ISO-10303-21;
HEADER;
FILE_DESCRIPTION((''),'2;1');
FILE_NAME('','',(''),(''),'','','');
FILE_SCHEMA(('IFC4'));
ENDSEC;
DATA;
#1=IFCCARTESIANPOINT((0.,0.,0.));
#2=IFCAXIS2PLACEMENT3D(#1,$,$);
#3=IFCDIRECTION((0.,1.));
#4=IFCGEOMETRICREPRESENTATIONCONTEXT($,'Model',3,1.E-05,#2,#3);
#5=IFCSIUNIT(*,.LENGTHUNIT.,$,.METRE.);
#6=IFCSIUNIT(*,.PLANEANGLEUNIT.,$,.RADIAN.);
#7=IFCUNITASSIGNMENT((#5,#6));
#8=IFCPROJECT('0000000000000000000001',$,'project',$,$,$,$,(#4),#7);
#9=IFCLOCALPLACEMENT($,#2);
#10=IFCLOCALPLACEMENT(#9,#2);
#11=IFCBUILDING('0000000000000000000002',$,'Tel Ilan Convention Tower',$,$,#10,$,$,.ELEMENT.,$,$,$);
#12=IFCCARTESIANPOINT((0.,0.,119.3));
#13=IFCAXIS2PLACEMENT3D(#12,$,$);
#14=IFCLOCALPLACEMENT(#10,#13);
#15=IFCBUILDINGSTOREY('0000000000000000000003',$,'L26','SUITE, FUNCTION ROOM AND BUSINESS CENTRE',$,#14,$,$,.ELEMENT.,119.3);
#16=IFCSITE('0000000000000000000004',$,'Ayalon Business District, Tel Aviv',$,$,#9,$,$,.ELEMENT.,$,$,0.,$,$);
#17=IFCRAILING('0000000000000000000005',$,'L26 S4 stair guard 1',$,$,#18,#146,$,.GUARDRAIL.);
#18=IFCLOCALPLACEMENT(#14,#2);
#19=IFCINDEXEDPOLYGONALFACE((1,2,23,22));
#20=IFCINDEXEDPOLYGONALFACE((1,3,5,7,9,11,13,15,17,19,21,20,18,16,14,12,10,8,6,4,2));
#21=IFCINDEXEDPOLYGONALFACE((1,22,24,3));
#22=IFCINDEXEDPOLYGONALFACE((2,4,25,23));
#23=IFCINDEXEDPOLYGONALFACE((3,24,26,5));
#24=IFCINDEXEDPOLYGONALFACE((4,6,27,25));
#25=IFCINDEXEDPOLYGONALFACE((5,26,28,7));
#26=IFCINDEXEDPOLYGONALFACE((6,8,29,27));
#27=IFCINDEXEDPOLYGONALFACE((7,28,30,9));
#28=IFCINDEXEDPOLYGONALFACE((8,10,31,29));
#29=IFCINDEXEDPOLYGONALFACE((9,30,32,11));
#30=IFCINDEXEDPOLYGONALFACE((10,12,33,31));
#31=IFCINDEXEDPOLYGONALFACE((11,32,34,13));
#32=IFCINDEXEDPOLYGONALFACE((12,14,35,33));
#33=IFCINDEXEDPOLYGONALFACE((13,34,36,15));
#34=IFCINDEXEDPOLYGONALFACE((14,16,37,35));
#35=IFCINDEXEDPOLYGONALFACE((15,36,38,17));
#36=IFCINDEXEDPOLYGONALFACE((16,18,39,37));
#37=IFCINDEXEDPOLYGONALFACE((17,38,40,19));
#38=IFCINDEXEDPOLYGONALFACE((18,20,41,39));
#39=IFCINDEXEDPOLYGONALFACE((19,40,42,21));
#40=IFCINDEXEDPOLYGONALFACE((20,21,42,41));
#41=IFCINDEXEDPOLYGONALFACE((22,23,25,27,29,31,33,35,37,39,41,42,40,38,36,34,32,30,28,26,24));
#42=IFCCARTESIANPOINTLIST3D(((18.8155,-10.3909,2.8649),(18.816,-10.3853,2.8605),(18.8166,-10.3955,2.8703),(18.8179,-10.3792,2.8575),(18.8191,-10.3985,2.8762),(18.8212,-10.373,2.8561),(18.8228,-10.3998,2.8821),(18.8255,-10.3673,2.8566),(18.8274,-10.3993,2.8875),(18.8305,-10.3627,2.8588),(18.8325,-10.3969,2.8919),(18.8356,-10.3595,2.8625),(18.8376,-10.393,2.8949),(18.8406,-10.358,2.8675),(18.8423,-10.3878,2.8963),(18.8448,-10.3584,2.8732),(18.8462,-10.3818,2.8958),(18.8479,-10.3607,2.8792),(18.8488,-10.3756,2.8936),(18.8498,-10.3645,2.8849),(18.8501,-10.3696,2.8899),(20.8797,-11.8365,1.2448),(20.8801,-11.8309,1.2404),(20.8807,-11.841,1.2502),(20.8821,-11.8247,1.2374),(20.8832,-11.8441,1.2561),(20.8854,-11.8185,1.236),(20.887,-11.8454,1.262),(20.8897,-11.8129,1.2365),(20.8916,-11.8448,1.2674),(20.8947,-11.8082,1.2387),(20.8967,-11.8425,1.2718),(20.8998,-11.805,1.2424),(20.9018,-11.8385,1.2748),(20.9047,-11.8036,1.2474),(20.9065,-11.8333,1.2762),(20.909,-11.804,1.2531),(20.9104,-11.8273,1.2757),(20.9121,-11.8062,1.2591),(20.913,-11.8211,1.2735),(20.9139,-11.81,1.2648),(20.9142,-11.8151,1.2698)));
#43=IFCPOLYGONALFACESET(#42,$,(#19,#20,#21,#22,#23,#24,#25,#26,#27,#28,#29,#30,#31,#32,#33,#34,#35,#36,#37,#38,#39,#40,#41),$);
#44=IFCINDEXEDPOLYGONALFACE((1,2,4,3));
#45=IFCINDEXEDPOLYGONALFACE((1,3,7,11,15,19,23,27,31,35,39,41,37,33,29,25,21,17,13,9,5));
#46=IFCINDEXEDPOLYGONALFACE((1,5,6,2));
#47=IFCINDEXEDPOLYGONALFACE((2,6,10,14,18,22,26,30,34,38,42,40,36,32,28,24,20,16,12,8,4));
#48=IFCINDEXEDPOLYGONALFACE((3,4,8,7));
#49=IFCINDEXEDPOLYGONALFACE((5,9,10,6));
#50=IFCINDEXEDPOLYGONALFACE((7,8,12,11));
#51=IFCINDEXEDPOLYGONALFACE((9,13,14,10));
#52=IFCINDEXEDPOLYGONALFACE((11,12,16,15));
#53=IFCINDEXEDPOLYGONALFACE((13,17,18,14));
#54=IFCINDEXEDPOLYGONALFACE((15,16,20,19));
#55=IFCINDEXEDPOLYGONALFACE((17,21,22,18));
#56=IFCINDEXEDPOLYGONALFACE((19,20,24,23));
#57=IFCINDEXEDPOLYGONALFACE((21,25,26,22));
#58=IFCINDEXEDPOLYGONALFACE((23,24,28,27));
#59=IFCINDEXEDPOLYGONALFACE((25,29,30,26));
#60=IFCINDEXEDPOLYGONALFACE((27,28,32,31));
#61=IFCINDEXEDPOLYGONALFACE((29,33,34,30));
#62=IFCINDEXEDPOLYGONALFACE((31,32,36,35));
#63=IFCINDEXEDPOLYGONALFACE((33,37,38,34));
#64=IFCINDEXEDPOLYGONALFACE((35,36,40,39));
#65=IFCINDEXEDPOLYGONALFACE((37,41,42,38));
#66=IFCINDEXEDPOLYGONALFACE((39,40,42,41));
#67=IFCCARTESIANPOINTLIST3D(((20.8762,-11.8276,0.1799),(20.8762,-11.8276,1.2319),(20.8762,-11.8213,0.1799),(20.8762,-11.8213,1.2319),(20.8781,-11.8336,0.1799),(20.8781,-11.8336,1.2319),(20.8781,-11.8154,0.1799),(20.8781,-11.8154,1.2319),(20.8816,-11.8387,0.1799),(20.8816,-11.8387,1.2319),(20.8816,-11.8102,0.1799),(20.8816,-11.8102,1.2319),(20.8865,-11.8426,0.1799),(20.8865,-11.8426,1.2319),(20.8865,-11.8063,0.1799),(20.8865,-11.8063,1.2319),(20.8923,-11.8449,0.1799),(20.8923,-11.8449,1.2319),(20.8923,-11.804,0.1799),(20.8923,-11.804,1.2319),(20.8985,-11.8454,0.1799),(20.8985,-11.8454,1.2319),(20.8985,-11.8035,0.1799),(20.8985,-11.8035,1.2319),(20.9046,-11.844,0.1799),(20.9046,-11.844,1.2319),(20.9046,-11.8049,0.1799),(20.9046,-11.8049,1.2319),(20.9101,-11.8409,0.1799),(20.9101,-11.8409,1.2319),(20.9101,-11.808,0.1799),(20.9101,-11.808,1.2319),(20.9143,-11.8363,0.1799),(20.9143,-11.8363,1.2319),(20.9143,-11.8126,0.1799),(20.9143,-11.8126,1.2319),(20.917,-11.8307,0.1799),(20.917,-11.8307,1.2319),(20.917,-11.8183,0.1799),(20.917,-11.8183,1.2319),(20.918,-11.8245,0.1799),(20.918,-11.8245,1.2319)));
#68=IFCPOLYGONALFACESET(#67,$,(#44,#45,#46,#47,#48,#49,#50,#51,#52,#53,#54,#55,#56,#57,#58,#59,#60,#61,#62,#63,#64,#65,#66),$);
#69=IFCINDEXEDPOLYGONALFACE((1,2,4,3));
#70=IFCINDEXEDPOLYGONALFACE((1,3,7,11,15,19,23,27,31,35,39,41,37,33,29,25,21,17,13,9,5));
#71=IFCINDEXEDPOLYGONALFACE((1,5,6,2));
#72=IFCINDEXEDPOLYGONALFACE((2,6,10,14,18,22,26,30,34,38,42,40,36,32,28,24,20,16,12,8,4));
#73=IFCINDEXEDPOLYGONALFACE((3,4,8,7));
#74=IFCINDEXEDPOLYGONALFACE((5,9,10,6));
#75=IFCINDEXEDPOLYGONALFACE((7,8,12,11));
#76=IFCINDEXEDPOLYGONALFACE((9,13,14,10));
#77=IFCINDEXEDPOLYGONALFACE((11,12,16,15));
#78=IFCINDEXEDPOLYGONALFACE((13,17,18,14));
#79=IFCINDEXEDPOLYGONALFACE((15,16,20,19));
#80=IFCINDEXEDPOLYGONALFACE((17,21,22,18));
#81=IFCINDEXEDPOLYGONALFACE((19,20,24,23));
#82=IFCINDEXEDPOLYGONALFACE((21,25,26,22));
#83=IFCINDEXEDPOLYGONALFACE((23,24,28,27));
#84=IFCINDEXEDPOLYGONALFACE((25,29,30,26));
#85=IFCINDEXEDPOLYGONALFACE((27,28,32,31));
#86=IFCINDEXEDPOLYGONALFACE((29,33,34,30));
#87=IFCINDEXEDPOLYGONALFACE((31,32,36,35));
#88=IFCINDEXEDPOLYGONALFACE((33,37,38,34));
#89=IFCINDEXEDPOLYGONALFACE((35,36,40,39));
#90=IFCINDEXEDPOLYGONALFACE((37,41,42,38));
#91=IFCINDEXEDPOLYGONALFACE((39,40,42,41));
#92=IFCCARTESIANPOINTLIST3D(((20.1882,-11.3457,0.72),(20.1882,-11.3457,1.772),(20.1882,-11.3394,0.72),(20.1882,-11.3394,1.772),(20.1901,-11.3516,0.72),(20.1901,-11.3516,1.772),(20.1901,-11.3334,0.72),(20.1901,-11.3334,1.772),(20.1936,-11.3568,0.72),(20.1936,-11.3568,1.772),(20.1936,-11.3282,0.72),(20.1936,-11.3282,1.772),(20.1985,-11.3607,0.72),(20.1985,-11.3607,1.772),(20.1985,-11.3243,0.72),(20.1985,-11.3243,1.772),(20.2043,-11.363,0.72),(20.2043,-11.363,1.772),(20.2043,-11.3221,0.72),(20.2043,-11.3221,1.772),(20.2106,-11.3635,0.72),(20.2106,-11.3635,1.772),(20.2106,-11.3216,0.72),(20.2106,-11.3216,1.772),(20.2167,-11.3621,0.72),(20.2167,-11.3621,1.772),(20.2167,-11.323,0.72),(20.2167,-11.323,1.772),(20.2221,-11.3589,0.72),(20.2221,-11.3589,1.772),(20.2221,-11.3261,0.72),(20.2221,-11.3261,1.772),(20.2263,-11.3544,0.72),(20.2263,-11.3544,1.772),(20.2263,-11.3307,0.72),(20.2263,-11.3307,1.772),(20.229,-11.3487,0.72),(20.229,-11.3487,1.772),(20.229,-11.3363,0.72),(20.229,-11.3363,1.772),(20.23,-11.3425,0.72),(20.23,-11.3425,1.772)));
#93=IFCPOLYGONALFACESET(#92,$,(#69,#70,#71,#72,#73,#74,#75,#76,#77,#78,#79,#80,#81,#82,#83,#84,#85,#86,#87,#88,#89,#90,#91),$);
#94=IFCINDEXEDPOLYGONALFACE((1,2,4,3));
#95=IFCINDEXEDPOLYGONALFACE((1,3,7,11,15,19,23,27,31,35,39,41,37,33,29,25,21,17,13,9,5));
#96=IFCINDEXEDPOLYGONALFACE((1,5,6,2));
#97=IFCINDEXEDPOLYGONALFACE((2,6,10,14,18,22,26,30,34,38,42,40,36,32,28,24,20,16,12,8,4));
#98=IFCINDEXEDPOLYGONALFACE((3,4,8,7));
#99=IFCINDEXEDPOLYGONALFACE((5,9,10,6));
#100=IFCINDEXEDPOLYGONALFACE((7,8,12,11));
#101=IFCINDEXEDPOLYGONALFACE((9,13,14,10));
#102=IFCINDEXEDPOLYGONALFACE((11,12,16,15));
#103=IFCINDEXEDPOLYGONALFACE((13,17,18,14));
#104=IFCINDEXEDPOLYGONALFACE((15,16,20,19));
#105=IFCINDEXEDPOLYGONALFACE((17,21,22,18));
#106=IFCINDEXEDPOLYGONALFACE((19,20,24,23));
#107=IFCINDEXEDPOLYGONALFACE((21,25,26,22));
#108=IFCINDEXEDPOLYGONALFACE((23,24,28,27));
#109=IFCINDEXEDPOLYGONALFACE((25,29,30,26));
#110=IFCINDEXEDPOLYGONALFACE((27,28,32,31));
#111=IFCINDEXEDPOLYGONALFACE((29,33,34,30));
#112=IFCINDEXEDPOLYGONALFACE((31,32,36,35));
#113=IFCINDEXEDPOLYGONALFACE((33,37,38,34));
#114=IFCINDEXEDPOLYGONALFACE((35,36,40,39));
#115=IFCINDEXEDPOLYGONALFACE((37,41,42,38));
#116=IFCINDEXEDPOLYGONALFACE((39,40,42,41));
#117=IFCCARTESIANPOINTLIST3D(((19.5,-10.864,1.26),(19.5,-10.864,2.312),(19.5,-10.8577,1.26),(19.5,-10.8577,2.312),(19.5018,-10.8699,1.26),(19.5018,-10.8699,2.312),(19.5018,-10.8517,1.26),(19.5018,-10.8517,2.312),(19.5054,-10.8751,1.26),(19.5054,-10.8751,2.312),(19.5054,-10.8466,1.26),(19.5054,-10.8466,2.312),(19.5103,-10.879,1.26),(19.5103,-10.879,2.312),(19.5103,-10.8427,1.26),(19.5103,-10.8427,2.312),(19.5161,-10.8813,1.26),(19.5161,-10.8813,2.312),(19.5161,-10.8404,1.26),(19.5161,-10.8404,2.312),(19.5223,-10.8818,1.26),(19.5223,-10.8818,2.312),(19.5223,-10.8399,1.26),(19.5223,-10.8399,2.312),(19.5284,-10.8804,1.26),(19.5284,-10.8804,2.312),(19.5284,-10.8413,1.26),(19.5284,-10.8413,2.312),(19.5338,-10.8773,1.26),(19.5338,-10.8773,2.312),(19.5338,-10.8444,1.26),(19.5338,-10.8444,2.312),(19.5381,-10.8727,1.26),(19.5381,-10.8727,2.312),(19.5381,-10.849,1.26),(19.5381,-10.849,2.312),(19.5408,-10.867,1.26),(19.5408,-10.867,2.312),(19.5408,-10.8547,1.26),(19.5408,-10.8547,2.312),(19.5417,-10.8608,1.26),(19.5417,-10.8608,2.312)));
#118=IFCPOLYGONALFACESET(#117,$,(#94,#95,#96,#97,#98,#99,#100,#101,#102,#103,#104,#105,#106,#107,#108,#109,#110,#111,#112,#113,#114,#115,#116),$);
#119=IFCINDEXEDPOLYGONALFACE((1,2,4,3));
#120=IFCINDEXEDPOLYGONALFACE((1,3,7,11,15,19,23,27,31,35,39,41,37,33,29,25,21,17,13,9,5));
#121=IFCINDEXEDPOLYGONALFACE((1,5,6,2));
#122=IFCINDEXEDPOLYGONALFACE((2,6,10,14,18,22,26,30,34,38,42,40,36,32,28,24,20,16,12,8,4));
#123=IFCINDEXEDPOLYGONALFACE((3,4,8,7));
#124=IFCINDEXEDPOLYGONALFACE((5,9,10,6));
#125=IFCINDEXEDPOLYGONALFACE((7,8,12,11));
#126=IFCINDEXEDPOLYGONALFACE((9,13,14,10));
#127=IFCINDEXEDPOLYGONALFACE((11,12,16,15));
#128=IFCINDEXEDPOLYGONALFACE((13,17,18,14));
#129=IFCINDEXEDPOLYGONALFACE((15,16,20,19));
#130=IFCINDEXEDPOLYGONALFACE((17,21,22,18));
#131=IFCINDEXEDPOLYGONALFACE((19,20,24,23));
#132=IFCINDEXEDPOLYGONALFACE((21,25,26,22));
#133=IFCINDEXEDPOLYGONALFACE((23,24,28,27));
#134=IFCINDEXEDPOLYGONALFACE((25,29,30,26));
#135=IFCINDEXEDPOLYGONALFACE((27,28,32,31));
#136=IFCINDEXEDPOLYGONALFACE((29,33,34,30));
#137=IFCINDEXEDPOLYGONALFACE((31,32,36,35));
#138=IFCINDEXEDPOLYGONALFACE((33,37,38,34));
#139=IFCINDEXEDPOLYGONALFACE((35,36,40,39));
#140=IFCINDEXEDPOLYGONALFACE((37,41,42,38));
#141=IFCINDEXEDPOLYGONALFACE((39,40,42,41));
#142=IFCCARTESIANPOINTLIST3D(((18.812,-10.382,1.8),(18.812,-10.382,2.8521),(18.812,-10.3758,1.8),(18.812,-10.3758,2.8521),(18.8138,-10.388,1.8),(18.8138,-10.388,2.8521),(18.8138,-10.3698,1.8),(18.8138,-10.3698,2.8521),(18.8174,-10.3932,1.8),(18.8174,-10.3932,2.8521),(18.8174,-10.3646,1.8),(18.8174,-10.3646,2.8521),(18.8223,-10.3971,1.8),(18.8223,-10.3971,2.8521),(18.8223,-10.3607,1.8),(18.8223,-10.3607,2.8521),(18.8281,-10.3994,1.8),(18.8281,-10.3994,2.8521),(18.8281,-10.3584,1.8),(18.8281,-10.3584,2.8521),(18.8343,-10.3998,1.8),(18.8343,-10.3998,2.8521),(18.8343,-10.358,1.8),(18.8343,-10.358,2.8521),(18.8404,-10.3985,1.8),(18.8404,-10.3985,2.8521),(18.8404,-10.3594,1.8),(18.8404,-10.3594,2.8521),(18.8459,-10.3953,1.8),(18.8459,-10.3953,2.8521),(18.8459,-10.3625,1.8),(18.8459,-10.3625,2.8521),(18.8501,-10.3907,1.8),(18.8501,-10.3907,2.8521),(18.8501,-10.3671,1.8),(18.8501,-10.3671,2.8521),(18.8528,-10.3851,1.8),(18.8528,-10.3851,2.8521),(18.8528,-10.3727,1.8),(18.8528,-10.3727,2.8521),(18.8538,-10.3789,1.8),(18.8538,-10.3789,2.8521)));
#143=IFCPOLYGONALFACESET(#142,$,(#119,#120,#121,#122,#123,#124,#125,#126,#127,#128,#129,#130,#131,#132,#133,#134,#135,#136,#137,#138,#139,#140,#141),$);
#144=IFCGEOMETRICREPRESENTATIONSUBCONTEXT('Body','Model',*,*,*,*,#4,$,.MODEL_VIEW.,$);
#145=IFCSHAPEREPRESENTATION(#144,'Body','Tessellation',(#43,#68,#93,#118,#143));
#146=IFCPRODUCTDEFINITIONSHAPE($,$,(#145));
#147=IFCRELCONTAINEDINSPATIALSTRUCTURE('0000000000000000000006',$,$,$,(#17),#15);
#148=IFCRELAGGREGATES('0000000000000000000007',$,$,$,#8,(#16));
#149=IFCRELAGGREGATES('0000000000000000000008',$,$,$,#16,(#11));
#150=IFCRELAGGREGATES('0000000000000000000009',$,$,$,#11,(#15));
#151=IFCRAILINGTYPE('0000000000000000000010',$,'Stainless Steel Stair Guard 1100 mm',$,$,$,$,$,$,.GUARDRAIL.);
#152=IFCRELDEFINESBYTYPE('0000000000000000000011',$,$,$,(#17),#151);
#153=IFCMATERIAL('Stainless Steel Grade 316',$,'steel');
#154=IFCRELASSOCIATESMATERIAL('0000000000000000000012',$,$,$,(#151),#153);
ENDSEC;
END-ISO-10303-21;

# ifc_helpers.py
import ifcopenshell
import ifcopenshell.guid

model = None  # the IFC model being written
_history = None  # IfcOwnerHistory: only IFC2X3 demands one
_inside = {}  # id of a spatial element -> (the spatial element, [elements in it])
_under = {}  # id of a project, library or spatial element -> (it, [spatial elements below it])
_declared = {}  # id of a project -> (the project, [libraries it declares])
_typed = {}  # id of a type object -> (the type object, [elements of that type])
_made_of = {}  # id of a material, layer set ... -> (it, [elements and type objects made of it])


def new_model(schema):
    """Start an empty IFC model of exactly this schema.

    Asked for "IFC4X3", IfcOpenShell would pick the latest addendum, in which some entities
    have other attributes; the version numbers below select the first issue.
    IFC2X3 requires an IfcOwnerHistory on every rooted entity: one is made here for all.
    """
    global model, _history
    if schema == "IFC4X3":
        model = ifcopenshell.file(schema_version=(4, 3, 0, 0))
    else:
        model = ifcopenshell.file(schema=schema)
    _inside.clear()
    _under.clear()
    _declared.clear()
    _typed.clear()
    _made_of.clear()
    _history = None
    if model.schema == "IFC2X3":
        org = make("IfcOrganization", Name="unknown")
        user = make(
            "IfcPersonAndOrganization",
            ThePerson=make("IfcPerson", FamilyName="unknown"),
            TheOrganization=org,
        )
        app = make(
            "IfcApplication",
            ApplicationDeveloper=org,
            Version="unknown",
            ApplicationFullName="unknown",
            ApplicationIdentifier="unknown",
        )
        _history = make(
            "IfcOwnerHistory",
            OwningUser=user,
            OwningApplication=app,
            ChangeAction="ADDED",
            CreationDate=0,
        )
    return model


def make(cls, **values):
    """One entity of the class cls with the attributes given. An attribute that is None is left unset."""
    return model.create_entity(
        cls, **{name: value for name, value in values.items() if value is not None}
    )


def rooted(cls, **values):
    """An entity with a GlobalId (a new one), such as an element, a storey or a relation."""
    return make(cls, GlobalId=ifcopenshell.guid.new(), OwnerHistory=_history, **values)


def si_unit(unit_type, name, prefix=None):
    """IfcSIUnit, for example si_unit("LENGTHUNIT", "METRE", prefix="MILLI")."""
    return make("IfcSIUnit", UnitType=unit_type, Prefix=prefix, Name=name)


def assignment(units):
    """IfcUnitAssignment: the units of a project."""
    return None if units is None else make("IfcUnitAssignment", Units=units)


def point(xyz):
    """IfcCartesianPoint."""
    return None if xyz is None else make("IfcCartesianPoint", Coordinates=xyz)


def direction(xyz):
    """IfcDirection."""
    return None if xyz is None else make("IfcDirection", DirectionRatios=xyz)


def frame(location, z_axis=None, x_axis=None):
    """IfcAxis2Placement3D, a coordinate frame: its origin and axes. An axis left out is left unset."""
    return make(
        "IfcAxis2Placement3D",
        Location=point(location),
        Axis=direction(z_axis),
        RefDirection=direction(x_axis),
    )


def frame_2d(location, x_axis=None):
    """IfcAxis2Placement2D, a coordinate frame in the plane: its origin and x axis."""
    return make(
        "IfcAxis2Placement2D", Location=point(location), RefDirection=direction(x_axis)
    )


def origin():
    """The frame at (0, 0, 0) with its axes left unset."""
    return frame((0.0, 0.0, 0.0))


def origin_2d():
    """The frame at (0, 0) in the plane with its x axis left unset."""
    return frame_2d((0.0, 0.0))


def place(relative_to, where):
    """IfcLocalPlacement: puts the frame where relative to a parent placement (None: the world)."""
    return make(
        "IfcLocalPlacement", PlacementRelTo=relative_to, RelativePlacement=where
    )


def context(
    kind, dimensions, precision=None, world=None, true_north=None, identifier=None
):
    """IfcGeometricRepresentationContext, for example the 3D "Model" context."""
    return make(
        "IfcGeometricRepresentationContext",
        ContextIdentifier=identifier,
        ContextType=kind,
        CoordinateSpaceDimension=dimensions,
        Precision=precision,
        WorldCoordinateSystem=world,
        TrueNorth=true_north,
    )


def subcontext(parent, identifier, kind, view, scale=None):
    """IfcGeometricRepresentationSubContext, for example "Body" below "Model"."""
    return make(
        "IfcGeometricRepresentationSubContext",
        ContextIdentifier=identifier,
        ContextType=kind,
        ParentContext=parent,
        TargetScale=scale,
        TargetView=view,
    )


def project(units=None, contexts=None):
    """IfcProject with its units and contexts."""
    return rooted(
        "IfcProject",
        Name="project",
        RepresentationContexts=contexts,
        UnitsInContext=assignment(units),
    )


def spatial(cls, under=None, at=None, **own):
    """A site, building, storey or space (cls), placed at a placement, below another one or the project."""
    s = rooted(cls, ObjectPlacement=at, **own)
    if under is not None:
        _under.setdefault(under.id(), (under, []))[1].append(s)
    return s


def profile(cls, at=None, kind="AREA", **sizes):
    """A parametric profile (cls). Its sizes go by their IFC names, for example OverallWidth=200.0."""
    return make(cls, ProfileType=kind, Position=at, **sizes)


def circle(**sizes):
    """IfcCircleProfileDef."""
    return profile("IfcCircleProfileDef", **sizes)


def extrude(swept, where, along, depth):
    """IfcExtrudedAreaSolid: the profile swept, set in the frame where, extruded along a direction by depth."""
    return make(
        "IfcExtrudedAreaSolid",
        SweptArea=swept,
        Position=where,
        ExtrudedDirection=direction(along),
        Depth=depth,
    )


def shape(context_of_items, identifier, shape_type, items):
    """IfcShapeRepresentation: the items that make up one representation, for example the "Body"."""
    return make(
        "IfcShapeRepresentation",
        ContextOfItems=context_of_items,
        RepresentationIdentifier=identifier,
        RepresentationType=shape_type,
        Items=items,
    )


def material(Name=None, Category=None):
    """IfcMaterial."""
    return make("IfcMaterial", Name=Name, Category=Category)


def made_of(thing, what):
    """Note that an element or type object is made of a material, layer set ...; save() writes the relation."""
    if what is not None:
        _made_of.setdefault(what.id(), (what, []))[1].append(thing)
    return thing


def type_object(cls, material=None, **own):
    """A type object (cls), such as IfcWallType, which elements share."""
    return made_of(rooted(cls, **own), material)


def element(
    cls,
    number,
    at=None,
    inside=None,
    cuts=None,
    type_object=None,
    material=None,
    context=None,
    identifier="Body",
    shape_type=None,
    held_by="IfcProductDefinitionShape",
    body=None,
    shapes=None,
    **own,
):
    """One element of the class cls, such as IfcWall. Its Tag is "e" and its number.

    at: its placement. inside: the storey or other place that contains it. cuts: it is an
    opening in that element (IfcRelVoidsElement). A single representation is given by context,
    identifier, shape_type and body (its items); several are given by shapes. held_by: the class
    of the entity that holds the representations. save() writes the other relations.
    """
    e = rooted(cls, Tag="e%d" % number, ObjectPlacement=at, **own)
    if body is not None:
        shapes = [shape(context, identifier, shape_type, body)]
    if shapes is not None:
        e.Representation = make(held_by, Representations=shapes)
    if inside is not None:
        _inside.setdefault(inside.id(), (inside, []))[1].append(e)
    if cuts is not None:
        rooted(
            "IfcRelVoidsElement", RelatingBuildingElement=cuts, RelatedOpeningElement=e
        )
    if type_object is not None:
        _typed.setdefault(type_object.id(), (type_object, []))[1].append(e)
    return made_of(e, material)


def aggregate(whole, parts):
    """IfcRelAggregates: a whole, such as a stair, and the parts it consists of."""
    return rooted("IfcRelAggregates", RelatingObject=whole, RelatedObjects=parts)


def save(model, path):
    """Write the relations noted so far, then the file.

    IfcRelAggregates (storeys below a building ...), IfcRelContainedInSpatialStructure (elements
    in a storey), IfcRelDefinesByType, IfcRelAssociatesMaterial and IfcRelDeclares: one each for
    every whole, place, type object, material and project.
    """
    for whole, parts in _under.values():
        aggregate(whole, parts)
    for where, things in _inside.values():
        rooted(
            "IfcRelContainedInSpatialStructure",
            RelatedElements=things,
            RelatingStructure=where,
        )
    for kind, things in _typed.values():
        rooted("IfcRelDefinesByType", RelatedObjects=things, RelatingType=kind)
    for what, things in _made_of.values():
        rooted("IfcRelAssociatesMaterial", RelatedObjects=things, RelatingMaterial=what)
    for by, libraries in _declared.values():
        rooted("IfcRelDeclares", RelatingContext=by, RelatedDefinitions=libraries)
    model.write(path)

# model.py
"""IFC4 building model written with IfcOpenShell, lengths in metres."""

from ifc_helpers import new_model, si_unit, direction, frame, origin, origin_2d, place, context, subcontext, project, spatial, circle, extrude, material, type_object, element, save


model = new_model("IFC4")

# Units and contexts
model_context = context("Model", 3, precision=1e-05, world=origin(), true_north=direction((0.0, 1.0)))
body_context = subcontext(model_context, "Body", "Model", "MODEL_VIEW")
ifc_project = project(units=[si_unit("LENGTHUNIT", "METRE"), si_unit("PLANEANGLEUNIT", "RADIAN")], contexts=[model_context])

# Site, building, storey
site_placement = place(None, origin())
site = spatial("IfcSite", under=ifc_project, at=site_placement, Name="Ayalon Business District, Tel Aviv", CompositionType="ELEMENT", RefElevation=0.0)
building_placement = place(site_placement, origin())
building = spatial("IfcBuilding", under=site, at=building_placement, Name="Tel Ilan Convention Tower", CompositionType="ELEMENT")
storey_placement = place(building_placement, frame((0.0, 0.0, 119.3)))
storey = spatial("IfcBuildingStorey", under=building, at=storey_placement, Name="L26", Description="SUITE, FUNCTION ROOM AND BUSINESS CENTRE", CompositionType="ELEMENT", Elevation=119.3)

# Railing
ifc_material_1 = material(Name="Stainless Steel Grade 316", Category="steel")
railing_type_1 = type_object("IfcRailingType", Name="Stainless Steel Stair Guard 1100 mm", PredefinedType="GUARDRAIL", material=ifc_material_1)
railing_1_placement = place(storey_placement, frame((20.897, -11.8245, 0.1799)))
element("IfcRailing", 1, at=railing_1_placement, inside=storey, type_object=railing_type_1, Name="L26 S4 stair guard 1", PredefinedType="GUARDRAIL", context=body_context, shape_type="SweptSolid", body=[
    extrude(circle(Radius=0.0239, at=origin_2d()), frame((0.0, 0.0, 1.0762), z_axis=(-0.689013, 0.482513, 0.540779), x_axis=(-0.573625, -0.819118, 0.0)), (0.0, 0.0, 1.0), 2.9958),
    extrude(circle(Radius=0.021, at=origin_2d()), origin(), (0.0, 0.0, 1.0), 1.052),
    extrude(circle(Radius=0.021, at=origin_2d()), frame((-0.688, 0.4819, 0.54)), (0.0, 0.0, 1.0), 1.052),
    extrude(circle(Radius=0.021, at=origin_2d()), frame((-1.3762, 0.9636, 1.0801)), (0.0, 0.0, 1.0), 1.052),
    extrude(circle(Radius=0.021, at=origin_2d()), frame((-2.0642, 1.4456, 1.6201)), (0.0, 0.0, 1.0), 1.052),
])

save(model, "model.ifc")
